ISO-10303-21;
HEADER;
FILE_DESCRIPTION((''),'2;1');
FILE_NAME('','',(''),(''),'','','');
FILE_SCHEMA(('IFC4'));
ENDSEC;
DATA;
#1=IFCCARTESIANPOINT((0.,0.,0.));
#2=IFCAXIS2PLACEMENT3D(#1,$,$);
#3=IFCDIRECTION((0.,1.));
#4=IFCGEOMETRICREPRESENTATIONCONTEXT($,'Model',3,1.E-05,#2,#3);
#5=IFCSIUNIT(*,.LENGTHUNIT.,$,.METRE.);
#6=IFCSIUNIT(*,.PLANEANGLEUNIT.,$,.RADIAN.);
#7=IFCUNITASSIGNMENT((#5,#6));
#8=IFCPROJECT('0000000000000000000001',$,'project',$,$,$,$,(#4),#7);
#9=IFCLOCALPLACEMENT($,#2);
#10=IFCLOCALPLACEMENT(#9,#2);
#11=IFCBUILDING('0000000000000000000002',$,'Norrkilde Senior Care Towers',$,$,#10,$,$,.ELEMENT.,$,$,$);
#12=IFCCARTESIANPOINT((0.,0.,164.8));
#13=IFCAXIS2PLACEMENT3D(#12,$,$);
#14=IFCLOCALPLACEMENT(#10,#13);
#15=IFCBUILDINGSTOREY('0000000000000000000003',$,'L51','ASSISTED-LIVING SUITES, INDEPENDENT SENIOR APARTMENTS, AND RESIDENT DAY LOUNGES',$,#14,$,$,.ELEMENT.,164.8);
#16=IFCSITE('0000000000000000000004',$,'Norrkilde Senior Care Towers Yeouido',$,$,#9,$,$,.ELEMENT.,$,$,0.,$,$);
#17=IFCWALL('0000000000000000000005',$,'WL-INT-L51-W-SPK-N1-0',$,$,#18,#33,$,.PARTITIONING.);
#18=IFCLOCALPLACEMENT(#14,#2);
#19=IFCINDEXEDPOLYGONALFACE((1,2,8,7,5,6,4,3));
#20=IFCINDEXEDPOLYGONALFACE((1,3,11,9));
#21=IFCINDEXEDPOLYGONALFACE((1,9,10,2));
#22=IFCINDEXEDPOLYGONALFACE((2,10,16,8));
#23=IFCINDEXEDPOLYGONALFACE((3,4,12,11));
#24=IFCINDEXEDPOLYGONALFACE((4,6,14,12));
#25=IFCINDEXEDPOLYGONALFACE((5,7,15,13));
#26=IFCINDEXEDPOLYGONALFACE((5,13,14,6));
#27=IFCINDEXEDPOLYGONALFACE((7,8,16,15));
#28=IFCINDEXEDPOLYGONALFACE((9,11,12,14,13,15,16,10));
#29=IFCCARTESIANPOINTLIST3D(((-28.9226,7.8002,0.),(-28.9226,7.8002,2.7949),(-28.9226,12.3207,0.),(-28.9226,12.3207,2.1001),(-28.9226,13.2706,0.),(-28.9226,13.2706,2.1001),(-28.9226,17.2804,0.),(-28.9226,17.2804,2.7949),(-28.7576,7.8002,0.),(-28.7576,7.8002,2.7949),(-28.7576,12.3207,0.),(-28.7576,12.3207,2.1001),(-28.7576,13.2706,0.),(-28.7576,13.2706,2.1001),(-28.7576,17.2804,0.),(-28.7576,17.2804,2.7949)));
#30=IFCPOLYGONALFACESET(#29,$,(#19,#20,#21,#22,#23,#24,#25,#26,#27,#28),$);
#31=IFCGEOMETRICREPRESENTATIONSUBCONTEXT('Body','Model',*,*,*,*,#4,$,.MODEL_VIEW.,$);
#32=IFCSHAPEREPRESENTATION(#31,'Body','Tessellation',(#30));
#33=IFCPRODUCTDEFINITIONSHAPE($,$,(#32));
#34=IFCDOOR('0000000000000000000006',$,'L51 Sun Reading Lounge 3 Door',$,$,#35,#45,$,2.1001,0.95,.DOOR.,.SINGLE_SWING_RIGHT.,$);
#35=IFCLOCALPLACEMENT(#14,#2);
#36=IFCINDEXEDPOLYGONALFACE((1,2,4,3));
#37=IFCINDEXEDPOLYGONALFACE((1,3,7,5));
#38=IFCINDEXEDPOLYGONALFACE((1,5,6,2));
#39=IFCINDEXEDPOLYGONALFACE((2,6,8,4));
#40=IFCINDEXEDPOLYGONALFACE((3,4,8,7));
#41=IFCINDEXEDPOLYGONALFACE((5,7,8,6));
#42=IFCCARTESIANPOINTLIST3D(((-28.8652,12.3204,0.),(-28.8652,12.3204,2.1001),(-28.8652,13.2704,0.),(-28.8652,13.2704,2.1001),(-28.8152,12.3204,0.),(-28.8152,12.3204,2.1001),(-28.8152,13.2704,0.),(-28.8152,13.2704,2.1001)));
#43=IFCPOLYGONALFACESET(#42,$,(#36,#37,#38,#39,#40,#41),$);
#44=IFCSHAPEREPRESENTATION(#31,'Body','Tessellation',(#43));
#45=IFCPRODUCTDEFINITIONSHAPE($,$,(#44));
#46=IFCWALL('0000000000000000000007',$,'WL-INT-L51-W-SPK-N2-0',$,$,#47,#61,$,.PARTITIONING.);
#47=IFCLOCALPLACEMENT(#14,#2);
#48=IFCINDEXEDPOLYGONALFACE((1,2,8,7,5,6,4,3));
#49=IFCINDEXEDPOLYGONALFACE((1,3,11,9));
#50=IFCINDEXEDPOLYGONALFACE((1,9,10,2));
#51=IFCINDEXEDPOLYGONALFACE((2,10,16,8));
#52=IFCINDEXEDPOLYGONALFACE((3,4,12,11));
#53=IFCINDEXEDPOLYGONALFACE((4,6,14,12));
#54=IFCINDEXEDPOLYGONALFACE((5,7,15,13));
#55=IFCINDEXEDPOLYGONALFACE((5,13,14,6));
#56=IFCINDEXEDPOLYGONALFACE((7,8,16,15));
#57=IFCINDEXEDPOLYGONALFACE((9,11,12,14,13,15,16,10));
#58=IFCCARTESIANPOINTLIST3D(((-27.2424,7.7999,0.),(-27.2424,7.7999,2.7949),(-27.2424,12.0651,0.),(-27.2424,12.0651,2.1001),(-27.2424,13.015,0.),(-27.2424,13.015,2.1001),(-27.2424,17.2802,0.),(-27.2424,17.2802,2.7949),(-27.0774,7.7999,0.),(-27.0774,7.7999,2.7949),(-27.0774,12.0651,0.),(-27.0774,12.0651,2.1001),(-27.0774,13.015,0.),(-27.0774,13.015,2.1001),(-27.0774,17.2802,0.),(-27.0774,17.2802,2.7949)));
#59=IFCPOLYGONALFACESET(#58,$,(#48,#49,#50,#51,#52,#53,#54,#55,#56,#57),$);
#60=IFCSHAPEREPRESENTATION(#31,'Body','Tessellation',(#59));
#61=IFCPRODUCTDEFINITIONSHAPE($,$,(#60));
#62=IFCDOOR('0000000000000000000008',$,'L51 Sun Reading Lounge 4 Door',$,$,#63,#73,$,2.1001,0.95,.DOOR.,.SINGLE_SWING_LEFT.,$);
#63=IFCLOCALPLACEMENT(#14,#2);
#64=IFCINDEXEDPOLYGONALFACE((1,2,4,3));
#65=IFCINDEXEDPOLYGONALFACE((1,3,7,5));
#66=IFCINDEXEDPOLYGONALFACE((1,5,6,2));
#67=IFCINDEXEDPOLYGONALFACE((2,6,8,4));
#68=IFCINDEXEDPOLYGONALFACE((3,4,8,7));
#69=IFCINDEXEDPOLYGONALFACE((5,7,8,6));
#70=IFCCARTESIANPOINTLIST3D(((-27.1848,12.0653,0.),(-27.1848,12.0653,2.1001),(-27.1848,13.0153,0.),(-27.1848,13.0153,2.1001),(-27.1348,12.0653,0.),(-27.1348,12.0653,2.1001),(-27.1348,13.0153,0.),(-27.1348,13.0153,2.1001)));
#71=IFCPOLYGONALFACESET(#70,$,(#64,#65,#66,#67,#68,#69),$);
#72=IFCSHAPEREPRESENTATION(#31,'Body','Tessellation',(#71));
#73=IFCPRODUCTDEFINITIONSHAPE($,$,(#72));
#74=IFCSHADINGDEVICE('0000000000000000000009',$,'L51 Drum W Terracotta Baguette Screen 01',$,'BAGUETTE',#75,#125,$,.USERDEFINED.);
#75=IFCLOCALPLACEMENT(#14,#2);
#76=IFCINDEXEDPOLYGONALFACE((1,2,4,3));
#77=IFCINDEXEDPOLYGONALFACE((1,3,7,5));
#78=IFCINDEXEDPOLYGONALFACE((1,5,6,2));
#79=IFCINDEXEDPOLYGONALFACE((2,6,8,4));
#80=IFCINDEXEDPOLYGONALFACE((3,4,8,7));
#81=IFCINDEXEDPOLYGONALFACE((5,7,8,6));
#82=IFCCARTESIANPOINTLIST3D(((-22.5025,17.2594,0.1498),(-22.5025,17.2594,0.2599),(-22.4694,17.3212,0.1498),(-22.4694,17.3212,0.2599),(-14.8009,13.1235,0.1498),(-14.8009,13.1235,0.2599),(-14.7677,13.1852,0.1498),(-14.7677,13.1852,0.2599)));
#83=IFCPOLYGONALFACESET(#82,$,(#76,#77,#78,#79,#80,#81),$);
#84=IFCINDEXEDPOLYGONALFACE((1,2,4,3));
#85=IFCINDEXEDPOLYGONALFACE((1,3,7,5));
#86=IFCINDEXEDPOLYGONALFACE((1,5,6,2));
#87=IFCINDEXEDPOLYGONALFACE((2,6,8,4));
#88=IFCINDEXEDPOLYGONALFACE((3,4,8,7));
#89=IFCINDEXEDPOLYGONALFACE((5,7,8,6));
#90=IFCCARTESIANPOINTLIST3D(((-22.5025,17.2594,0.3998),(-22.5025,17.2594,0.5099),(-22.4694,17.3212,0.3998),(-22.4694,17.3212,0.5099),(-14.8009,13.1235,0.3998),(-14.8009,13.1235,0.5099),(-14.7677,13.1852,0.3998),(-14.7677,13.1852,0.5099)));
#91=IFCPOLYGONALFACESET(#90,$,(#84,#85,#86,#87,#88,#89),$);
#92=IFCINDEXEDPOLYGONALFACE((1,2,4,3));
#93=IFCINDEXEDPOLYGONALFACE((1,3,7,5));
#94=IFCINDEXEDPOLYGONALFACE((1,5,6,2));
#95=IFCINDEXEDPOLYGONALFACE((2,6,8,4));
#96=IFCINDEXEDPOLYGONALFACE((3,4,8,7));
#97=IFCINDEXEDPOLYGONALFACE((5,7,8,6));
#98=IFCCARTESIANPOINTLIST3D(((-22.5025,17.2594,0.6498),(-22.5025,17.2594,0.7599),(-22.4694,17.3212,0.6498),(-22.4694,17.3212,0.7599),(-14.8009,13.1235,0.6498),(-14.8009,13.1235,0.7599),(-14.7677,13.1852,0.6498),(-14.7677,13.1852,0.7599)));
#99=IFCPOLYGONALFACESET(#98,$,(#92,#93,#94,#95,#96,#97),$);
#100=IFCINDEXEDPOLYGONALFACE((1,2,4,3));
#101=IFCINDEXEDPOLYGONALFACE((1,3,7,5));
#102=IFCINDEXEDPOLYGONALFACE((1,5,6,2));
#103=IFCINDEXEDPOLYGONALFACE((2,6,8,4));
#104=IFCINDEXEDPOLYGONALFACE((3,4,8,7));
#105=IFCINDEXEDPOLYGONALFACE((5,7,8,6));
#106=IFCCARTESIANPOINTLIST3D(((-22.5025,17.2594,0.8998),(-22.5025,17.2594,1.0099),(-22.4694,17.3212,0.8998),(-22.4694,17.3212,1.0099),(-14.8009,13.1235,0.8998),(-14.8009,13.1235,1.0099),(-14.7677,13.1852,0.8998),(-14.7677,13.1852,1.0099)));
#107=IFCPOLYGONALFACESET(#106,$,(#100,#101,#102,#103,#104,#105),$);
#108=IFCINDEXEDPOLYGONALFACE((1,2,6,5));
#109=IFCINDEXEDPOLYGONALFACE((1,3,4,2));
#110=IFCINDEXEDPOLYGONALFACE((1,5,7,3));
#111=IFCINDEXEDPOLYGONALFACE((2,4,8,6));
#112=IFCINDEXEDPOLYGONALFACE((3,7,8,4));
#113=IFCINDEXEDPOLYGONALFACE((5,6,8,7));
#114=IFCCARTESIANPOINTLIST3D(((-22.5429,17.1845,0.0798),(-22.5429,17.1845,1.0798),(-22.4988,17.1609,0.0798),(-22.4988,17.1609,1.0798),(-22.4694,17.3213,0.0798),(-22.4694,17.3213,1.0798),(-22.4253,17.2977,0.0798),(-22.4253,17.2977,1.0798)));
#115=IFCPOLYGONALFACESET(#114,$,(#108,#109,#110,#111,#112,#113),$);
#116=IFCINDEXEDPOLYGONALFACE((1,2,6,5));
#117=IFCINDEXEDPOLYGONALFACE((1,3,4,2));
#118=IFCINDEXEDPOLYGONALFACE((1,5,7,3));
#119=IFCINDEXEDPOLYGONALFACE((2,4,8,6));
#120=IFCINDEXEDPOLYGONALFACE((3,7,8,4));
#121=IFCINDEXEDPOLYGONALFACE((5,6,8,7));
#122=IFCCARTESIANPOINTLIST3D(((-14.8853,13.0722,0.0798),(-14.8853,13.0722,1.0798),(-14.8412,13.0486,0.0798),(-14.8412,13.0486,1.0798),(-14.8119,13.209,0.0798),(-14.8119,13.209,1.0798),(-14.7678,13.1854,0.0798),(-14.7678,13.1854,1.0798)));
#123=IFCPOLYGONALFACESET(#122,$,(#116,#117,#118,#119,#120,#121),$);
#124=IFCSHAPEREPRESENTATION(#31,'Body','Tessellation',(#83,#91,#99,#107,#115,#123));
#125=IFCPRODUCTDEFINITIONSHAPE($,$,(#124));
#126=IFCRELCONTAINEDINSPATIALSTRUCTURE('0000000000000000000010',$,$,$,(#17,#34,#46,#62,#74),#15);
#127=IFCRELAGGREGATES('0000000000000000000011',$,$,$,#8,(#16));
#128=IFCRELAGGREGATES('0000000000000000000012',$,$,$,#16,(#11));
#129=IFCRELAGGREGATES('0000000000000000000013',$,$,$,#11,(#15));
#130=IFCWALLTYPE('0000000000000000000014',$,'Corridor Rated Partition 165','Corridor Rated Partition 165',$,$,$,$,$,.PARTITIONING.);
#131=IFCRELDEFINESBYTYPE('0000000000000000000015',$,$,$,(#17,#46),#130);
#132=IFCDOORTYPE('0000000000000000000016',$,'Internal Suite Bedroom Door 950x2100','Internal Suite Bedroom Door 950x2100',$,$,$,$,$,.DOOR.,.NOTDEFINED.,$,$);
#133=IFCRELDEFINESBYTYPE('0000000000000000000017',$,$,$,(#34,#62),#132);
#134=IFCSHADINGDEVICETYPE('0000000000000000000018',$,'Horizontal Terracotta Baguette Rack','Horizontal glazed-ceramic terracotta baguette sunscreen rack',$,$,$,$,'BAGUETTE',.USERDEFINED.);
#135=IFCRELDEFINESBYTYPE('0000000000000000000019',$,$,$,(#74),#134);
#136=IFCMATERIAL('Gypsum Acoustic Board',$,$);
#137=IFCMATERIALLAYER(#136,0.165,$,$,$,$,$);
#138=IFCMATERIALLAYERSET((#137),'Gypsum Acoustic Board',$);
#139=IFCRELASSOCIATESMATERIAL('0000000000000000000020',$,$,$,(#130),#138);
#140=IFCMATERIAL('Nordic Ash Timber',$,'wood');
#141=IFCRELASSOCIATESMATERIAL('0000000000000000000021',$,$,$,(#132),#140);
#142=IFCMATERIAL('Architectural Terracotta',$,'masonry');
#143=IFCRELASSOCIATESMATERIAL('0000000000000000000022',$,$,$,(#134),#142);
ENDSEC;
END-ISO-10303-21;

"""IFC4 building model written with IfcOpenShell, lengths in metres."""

from ifc_helpers import new_model, si_unit, direction, frame, frame_2d, origin, origin_2d, place, context, subcontext, project, spatial, rectangle, extrude, source, transform, mapped, material, layer, layer_set, type_object, type_shapes, element, fill, save


model = new_model("IFC4")

# Units and contexts
model_context = context("Model", 3, precision=1e-05, world=origin(), true_north=direction((0.0, 1.0)))
body_context = subcontext(model_context, "Body", "Model", "MODEL_VIEW")
ifc_project = project(units=[si_unit("LENGTHUNIT", "METRE"), si_unit("PLANEANGLEUNIT", "RADIAN")], contexts=[model_context])

# Site, building, storey
site_placement = place(None, origin())
site = spatial("IfcSite", under=ifc_project, at=site_placement, Name="Norrkilde Senior Care Towers Yeouido", CompositionType="ELEMENT", RefElevation=0.0)
building_placement = place(site_placement, origin())
building = spatial("IfcBuilding", under=site, at=building_placement, Name="Norrkilde Senior Care Towers", CompositionType="ELEMENT")
storey_placement = place(building_placement, frame((0.0, 0.0, 164.8)))
storey = spatial("IfcBuildingStorey", under=building, at=storey_placement, Name="L51", Description="ASSISTED-LIVING SUITES, INDEPENDENT SENIOR APARTMENTS, AND RESIDENT DAY LOUNGES", CompositionType="ELEMENT", Elevation=164.8)

# Shared definitions
ifc_material_1 = material(Name="Gypsum Acoustic Board")
ifc_layer_1 = layer(ifc_material_1, 0.165)
ifc_layer_set_1 = layer_set([ifc_layer_1], Name="Gypsum Acoustic Board")
wall_type_1 = type_object("IfcWallType", Name="Corridor Rated Partition 165", Description="Corridor Rated Partition 165", PredefinedType="PARTITIONING", material=ifc_layer_set_1)

# Walls, openings, doors
ifc_material_2 = material(Name="Nordic Ash Timber", Category="wood")
shared_shape_1 = source(origin(), body_context, "Body", "SweptSolid", [
    extrude(rectangle(XDim=9.4802, YDim=0.165, at=frame_2d((4.7402, 0.0))), origin(), (0.0, 0.0, 1.0), 2.7949),
])
wall_1_placement = place(storey_placement, frame((-28.8401, 7.8, 0.0), z_axis=(0.0, 0.0, 1.0), x_axis=(0.0, 1.0, 0.0)))
wall_1 = element("IfcWall", 1, at=wall_1_placement, inside=storey, type_object=wall_type_1, Name="WL-INT-L51-W-SPK-N1-0", PredefinedType="PARTITIONING", context=body_context, shape_type="MappedRepresentation", body=[
    mapped(shared_shape_1, transform((0.0, 0.0, 0.0), x_axis=(1.0, 0.0, 0.0), y_axis=(0.0, 1.0, 0.0), z_axis=(0.0, 0.0, 1.0), scale=1.0)),
])
opening_1_placement = place(wall_1_placement, frame((4.5205, 0.0, 0.0)))
opening_1 = element("IfcOpeningElement", 2, at=opening_1_placement, cuts=wall_1, PredefinedType="OPENING", context=body_context, shape_type="SweptSolid", body=[
    extrude(rectangle(XDim=0.95, YDim=2.1001, at=frame_2d((0.4751, 1.05))), frame((0.0, 0.0925, 0.0), z_axis=(0.0, -1.0, 0.0), x_axis=(1.0, 0.0, 0.0)), (0.0, 0.0, 1.0), 0.1851),
])
door_type_1 = type_object("IfcDoorType", Name="Internal Suite Bedroom Door 950x2100", Description="Internal Suite Bedroom Door 950x2100", OperationType="NOTDEFINED", PredefinedType="DOOR", material=ifc_material_2)
shared_shape_2 = source(origin(), body_context, "Body", "SweptSolid", [
    extrude(rectangle(XDim=0.95, YDim=2.1001, at=frame_2d((0.4751, 1.05))), frame((0.0, 0.0249, 0.0), z_axis=(0.0, -1.0, 0.0), x_axis=(1.0, 0.0, 0.0)), (0.0, 0.0, 1.0), 0.05),
])
type_shapes(door_type_1, [shared_shape_2])
door_1_placement = place(opening_1_placement, frame((0.95, 0.0, 0.0), z_axis=(0.0, 0.0, 1.0), x_axis=(-1.0, 0.0, 0.0)))
door_1 = element("IfcDoor", 3, at=door_1_placement, inside=storey, type_object=door_type_1, Name="L51 Sun Reading Lounge 3 Door", OperationType="SINGLE_SWING_RIGHT", OverallHeight=2.1001, OverallWidth=0.95, PredefinedType="DOOR", context=body_context, shape_type="MappedRepresentation", body=[
    mapped(shared_shape_2, transform((0.0, 0.0, 0.0), x_axis=(1.0, 0.0, 0.0), y_axis=(0.0, 1.0, 0.0), z_axis=(0.0, 0.0, 1.0), scale=1.0)),
])
fill(opening_1, door_1)
wall_2_placement = place(storey_placement, frame((-27.1599, 17.2803, 0.0), z_axis=(0.0, 0.0, 1.0), x_axis=(0.0, -1.0, 0.0)))
wall_2 = element("IfcWall", 4, at=wall_2_placement, inside=storey, type_object=wall_type_1, Name="WL-INT-L51-W-SPK-N2-0", PredefinedType="PARTITIONING", context=body_context, shape_type="MappedRepresentation", body=[
    mapped(shared_shape_1, transform((0.0, 0.0, 0.0), x_axis=(1.0, 0.0, 0.0), y_axis=(0.0, 1.0, 0.0), z_axis=(0.0, 0.0, 1.0), scale=1.0)),
])
opening_2_placement = place(wall_2_placement, frame((4.2651, 0.0, 0.0)))
opening_2 = element("IfcOpeningElement", 5, at=opening_2_placement, cuts=wall_2, PredefinedType="OPENING", context=body_context, shape_type="SweptSolid", body=[
    extrude(rectangle(XDim=0.95, YDim=2.1001, at=frame_2d((0.4751, 1.05))), frame((0.0, 0.0925, 0.0), z_axis=(0.0, -1.0, 0.0), x_axis=(1.0, 0.0, 0.0)), (0.0, 0.0, 1.0), 0.1851),
])
door_2_placement = place(opening_2_placement, frame((0.95, 0.0, 0.0), z_axis=(0.0, 0.0, 1.0), x_axis=(-1.0, 0.0, 0.0)))
door_2 = element("IfcDoor", 6, at=door_2_placement, inside=storey, type_object=door_type_1, Name="L51 Sun Reading Lounge 4 Door", OperationType="SINGLE_SWING_LEFT", OverallHeight=2.1001, OverallWidth=0.95, PredefinedType="DOOR", context=body_context, shape_type="MappedRepresentation", body=[
    mapped(shared_shape_2, transform((0.0, 0.0, 0.0), x_axis=(1.0, 0.0, 0.0), y_axis=(0.0, 1.0, 0.0), z_axis=(0.0, 0.0, 1.0), scale=1.0)),
])
fill(opening_2, door_2)

# Shading device
ifc_material_3 = material(Name="Architectural Terracotta", Category="masonry")
shading_device_type = type_object("IfcShadingDeviceType", Name="Horizontal Terracotta Baguette Rack", Description="Horizontal glazed-ceramic terracotta baguette sunscreen rack", ElementType="BAGUETTE", PredefinedType="USERDEFINED", material=ifc_material_3)
shared_shape_3 = source(origin(), body_context, "Body", "SweptSolid", [
    extrude(rectangle(XDim=0.0701, YDim=0.1101, at=origin_2d()), frame((0.0, 0.0901, 0.125), z_axis=(1.0, 0.0, 0.0), x_axis=(0.0, 1.0, 0.0)), (0.0, 0.0, 1.0), 8.7419),
    extrude(rectangle(XDim=0.0701, YDim=0.1101, at=origin_2d()), frame((0.0, 0.0901, 0.375), z_axis=(1.0, 0.0, 0.0), x_axis=(0.0, 1.0, 0.0)), (0.0, 0.0, 1.0), 8.7419),
    extrude(rectangle(XDim=0.0701, YDim=0.1101, at=origin_2d()), frame((0.0, 0.0901, 0.625), z_axis=(1.0, 0.0, 0.0), x_axis=(0.0, 1.0, 0.0)), (0.0, 0.0, 1.0), 8.7419),
    extrude(rectangle(XDim=0.0701, YDim=0.1101, at=origin_2d()), frame((0.0, 0.0901, 0.875), z_axis=(1.0, 0.0, 0.0), x_axis=(0.0, 1.0, 0.0)), (0.0, 0.0, 1.0), 8.7419),
    extrude(rectangle(XDim=0.05, YDim=0.1553, at=origin_2d()), frame((0.0249, 0.0476, 0.0)), (0.0, 0.0, 1.0), 1.0),
    extrude(rectangle(XDim=0.05, YDim=0.1553, at=origin_2d()), frame((8.7168, 0.0476, 0.0)), (0.0, 0.0, 1.0), 1.0),
])
type_shapes(shading_device_type, [shared_shape_3])
shading_device_placement = place(storey_placement, frame((-22.5286, 17.2109, 0.0798), z_axis=(0.0, 0.0, 1.0), x_axis=(0.881001, -0.47312, 0.0)))
element("IfcShadingDevice", 7, at=shading_device_placement, inside=storey, type_object=shading_device_type, Name="L51 Drum W Terracotta Baguette Screen 01", ObjectType="BAGUETTE", PredefinedType="USERDEFINED", context=body_context, shape_type="MappedRepresentation", body=[
    mapped(shared_shape_3, transform((0.0, 0.0, 0.0), x_axis=(1.0, 0.0, 0.0), y_axis=(0.0, 1.0, 0.0), z_axis=(0.0, 0.0, 1.0), scale=1.0)),
])

save(model, "model.ifc")
